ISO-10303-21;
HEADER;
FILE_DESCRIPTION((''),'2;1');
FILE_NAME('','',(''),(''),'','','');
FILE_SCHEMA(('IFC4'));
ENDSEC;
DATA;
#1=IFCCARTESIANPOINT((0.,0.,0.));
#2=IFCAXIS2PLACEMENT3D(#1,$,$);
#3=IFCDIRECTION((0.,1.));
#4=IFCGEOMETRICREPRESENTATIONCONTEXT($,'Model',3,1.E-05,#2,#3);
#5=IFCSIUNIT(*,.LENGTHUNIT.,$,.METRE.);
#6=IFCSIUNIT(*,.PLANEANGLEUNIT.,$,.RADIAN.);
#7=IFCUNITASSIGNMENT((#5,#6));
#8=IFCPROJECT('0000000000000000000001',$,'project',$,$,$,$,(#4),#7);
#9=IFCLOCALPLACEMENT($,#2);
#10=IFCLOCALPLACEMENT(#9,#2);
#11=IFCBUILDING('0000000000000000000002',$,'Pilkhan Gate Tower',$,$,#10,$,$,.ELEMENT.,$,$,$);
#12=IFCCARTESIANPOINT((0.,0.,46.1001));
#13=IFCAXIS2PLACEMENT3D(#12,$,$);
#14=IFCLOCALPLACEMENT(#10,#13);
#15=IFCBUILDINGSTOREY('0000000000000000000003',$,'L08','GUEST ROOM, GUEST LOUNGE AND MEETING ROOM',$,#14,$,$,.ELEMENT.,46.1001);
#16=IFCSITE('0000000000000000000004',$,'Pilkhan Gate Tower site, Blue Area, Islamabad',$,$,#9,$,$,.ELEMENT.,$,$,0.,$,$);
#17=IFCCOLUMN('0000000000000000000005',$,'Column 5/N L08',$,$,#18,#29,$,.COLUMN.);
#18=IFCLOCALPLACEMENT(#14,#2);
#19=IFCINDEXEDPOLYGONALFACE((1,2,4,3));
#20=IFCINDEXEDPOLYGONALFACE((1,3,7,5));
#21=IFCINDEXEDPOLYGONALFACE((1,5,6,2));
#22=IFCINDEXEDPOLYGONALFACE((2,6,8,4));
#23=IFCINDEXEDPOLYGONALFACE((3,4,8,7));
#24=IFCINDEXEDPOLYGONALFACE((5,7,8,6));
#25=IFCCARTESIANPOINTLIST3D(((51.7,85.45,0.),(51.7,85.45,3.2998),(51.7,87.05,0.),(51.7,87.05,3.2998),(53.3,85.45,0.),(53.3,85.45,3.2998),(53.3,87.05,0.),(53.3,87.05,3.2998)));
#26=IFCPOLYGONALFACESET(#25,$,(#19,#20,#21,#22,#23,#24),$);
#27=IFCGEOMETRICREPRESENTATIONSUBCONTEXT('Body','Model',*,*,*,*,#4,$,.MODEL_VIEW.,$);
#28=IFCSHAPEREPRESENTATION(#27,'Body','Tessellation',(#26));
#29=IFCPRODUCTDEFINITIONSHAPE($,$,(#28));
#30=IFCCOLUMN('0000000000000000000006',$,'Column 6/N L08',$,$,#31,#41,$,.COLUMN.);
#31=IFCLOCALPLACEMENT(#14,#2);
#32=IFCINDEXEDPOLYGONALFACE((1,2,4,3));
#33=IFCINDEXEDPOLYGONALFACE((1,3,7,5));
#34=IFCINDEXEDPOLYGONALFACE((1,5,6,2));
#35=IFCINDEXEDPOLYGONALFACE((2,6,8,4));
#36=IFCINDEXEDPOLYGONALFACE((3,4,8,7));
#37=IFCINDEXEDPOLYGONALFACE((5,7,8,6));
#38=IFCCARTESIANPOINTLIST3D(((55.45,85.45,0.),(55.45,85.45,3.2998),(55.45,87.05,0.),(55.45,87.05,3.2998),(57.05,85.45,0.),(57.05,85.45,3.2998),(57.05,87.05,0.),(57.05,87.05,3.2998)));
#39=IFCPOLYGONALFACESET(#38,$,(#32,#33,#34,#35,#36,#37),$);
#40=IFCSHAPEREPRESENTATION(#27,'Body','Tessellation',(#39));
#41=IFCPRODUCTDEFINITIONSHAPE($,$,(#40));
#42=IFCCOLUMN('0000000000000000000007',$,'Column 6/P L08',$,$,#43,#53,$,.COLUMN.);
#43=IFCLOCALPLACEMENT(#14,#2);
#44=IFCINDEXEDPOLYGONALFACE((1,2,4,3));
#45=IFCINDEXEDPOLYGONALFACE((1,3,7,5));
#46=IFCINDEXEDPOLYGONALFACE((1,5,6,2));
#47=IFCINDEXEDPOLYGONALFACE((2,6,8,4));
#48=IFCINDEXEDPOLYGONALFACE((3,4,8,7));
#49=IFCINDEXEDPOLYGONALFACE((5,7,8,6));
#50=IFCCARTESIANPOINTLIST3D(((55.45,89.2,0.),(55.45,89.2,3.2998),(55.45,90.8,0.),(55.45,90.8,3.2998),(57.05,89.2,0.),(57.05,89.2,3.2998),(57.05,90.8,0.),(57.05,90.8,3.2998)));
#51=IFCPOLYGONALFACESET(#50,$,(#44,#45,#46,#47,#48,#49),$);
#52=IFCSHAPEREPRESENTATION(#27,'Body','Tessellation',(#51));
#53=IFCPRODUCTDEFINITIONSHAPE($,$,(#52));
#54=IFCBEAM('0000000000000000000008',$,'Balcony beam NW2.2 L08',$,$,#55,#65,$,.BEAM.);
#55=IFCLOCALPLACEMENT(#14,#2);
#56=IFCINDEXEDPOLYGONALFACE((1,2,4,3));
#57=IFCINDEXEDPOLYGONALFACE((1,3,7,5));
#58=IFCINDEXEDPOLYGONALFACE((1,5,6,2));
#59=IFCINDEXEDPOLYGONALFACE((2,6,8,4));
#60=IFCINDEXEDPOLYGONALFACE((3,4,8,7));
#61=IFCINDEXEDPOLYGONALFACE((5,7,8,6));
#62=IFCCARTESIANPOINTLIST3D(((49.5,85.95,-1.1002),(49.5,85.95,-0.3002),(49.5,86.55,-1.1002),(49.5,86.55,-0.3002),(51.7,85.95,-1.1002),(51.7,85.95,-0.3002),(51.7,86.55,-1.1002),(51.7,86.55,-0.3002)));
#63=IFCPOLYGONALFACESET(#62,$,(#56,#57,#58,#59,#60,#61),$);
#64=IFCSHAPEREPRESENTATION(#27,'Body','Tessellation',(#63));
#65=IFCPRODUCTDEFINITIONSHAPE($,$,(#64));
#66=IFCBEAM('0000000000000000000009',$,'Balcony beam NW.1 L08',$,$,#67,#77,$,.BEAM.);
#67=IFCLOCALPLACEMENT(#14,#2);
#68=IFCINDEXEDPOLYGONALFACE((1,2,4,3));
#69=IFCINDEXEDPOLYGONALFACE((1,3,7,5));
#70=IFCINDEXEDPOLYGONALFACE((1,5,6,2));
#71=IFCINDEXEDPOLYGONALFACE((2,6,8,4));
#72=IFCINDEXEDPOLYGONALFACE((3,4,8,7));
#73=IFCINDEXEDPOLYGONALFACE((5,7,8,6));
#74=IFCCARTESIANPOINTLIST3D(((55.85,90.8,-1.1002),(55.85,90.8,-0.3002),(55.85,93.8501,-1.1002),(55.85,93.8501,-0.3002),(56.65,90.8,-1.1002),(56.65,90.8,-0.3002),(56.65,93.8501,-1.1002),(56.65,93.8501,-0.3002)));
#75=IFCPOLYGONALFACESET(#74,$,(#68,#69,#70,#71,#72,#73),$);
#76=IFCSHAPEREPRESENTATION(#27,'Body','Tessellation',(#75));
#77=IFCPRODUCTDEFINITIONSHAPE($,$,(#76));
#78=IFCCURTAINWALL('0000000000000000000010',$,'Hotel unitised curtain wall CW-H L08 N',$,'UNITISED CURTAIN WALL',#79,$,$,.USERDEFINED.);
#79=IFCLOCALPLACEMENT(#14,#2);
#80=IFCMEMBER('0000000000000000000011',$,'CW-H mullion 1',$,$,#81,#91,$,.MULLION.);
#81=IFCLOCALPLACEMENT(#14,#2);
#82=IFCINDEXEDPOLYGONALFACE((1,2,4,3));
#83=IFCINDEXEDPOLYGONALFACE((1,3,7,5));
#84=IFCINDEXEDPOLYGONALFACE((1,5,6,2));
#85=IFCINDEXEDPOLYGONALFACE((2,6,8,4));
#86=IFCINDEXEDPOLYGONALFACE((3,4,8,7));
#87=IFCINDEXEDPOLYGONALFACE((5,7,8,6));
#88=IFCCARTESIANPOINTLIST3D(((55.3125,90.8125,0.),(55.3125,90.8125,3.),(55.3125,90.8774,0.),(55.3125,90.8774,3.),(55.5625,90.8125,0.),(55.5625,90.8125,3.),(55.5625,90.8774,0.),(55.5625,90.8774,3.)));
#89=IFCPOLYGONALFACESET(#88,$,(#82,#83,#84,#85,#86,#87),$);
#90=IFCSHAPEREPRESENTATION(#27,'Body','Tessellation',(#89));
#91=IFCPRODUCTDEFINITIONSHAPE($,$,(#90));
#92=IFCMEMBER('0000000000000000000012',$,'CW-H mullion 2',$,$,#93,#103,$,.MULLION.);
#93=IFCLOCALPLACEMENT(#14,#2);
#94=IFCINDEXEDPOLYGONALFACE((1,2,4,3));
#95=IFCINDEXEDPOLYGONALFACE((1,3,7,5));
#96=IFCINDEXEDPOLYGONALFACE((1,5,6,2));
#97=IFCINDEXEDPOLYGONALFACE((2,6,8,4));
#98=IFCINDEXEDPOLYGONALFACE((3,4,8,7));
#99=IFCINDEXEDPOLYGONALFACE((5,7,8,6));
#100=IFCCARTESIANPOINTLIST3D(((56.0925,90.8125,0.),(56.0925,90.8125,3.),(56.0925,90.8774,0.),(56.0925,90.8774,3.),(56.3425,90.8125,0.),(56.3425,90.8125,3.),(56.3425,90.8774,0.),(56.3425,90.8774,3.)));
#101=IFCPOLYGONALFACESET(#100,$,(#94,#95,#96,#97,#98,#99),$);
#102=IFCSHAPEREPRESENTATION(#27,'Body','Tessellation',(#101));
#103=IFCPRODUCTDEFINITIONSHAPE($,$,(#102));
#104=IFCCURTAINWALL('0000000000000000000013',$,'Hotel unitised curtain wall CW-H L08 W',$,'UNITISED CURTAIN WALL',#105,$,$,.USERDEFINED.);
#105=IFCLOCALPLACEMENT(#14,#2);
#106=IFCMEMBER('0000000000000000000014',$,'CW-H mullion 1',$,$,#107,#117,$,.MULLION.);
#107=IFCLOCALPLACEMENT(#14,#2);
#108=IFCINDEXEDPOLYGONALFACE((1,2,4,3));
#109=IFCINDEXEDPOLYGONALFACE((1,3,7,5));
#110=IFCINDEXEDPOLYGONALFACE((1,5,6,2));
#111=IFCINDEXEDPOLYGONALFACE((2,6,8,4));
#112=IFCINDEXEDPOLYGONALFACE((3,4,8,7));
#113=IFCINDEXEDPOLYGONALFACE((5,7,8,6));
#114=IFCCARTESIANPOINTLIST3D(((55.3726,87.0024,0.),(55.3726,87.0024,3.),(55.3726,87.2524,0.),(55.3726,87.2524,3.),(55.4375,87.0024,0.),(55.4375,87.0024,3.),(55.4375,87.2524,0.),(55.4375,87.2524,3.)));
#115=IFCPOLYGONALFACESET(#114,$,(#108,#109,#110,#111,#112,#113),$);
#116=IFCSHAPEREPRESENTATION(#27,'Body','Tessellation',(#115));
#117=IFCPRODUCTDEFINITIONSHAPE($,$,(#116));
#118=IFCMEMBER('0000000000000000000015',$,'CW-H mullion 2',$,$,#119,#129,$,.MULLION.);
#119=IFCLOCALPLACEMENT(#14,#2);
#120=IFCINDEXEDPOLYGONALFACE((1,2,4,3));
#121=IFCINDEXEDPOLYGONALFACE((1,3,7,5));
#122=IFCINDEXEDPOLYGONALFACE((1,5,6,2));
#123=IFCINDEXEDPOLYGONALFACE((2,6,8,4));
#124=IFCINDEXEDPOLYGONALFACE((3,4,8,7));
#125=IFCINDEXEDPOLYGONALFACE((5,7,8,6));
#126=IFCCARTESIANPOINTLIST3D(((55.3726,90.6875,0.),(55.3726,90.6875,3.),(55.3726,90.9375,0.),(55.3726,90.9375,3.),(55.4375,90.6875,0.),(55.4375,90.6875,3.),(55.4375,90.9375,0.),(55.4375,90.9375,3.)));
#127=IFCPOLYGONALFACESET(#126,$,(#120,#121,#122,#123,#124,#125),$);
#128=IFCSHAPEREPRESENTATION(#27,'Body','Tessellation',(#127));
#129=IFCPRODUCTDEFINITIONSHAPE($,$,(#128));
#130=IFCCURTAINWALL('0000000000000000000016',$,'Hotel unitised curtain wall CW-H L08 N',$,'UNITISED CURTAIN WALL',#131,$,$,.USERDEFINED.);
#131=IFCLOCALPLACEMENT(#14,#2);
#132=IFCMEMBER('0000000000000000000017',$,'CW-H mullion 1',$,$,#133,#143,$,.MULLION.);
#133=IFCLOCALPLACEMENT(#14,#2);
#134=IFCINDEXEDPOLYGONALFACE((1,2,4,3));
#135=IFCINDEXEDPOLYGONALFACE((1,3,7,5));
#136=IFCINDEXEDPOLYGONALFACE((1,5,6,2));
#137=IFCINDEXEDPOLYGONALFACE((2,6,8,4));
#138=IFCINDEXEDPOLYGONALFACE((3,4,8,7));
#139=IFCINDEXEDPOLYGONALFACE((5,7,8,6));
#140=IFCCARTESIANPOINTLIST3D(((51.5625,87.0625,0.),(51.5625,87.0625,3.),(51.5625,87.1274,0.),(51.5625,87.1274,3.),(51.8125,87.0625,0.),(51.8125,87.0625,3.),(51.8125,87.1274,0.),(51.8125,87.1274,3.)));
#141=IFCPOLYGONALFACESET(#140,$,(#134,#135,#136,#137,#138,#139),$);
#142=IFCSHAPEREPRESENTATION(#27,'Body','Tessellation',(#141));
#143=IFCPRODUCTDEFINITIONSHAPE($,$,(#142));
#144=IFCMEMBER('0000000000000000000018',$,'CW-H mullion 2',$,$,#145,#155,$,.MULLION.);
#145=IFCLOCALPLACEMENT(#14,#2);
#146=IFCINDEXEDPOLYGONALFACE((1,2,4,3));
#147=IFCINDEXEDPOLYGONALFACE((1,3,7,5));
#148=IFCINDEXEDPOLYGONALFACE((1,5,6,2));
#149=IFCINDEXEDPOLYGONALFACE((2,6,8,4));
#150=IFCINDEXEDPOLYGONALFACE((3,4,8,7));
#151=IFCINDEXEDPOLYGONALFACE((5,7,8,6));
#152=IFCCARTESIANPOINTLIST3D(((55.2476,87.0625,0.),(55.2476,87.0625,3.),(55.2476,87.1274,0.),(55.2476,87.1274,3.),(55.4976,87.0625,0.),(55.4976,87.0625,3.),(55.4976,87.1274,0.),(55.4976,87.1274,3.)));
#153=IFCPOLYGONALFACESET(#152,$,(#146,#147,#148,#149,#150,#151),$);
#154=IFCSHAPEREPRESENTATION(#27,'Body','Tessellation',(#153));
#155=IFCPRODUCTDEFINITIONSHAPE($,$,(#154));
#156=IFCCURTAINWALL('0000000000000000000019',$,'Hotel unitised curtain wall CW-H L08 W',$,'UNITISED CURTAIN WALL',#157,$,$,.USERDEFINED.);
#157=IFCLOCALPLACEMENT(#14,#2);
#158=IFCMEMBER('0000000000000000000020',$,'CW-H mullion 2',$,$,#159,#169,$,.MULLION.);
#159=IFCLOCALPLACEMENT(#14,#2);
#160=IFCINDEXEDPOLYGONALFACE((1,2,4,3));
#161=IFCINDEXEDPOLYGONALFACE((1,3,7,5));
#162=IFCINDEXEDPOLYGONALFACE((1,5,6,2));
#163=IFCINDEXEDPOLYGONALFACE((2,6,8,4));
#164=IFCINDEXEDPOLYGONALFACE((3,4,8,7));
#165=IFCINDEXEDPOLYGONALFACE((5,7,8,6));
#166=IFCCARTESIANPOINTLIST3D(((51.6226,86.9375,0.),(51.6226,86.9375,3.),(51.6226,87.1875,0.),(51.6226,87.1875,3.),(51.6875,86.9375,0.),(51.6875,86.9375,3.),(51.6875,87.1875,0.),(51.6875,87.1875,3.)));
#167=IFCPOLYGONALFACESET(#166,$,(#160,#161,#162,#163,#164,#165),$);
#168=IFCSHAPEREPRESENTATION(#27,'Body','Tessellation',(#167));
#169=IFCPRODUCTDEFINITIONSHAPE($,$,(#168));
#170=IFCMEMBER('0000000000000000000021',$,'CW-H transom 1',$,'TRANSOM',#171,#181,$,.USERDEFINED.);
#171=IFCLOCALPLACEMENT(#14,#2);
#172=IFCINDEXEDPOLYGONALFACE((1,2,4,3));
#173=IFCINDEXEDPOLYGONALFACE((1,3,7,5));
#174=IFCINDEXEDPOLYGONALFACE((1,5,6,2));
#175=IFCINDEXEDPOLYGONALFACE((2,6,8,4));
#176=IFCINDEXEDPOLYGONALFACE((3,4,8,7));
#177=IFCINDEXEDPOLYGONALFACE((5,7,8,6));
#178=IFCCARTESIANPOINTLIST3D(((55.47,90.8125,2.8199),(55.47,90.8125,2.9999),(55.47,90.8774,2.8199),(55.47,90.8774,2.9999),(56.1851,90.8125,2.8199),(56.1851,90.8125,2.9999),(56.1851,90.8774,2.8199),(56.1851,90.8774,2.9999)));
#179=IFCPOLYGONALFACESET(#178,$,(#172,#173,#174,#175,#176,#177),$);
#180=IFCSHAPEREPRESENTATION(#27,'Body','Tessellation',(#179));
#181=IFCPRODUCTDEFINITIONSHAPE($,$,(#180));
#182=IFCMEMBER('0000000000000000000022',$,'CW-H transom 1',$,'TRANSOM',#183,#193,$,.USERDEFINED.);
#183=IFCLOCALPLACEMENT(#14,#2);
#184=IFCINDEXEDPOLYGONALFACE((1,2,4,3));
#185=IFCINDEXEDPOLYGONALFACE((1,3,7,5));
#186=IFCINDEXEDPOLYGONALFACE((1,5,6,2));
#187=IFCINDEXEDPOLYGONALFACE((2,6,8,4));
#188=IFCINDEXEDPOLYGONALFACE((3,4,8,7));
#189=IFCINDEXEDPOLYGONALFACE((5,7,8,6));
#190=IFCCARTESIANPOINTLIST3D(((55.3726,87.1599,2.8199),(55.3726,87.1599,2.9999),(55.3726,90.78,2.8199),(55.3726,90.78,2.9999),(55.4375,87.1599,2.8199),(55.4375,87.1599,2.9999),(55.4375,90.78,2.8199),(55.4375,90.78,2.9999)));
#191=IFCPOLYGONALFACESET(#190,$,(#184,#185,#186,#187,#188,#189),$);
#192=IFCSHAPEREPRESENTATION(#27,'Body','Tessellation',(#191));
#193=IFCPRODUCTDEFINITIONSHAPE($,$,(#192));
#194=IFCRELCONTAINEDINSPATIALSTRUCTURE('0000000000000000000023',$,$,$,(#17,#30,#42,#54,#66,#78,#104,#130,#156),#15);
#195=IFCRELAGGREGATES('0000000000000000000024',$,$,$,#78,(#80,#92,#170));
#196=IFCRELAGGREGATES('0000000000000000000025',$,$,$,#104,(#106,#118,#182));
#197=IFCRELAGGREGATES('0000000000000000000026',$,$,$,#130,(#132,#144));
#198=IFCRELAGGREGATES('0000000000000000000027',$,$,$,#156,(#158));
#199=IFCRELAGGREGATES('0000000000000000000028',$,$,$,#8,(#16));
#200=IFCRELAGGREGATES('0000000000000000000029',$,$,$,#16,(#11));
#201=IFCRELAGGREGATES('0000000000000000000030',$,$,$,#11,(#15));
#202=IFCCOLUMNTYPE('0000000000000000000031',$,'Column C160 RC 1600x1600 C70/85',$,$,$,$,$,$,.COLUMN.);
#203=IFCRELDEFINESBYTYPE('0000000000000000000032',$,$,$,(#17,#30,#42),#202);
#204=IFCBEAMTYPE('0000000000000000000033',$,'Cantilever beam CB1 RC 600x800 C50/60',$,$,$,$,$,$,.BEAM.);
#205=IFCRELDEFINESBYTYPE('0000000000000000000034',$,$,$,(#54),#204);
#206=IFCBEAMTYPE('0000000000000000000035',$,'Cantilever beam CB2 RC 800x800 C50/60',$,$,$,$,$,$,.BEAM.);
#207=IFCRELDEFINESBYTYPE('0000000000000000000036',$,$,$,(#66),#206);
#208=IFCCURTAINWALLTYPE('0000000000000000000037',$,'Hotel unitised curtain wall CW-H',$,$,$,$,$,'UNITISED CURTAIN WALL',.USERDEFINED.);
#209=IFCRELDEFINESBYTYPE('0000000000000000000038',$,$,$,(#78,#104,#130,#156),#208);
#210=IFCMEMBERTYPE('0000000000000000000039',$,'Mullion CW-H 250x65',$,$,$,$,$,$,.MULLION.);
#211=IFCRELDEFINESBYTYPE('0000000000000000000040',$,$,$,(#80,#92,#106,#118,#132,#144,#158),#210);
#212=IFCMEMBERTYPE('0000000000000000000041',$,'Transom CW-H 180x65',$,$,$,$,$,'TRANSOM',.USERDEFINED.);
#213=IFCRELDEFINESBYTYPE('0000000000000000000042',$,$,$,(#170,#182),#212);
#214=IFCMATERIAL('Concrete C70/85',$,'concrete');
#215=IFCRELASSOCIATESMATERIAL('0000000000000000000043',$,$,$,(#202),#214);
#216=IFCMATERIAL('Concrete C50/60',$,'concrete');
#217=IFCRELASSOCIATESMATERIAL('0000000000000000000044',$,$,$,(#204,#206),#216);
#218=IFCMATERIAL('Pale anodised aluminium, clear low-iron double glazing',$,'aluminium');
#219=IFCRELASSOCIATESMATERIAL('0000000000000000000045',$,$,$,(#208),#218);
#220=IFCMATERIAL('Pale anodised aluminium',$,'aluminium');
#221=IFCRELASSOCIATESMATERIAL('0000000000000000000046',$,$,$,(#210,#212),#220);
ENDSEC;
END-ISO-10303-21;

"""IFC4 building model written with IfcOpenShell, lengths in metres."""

from ifc_helpers import new_model, si_unit, direction, frame, origin, origin_2d, place, context, subcontext, project, spatial, rectangle, extrude, material, material_profile, profile_set, type_object, element, aggregate, save


model = new_model("IFC4")

# Units and contexts
model_context = context("Model", 3, precision=1e-05, world=origin(), true_north=direction((0.0, 1.0)))
body_context = subcontext(model_context, "Body", "Model", "MODEL_VIEW")
ifc_project = project(units=[si_unit("LENGTHUNIT", "METRE"), si_unit("PLANEANGLEUNIT", "RADIAN")], contexts=[model_context])

# Site, building, storey
site_placement = place(None, origin())
site = spatial("IfcSite", under=ifc_project, at=site_placement, Name="Pilkhan Gate Tower site, Blue Area, Islamabad", CompositionType="ELEMENT", RefElevation=0.0)
building_placement = place(site_placement, origin())
building = spatial("IfcBuilding", under=site, at=building_placement, Name="Pilkhan Gate Tower", CompositionType="ELEMENT")
storey_placement = place(building_placement, frame((0.0, 0.0, 46.1001)))
storey = spatial("IfcBuildingStorey", under=building, at=storey_placement, Name="L08", Description="GUEST ROOM, GUEST LOUNGE AND MEETING ROOM", CompositionType="ELEMENT", Elevation=46.1001)

# Columns
ifc_material_1 = material(Name="Concrete C70/85", Category="concrete")
ifc_material_profile_1 = material_profile(ifc_material_1, rectangle(XDim=1.6001, YDim=1.6001, at=origin_2d()), Name="RC 1600x1600")
ifc_profile_set_1 = profile_set([ifc_material_profile_1], Name="Concrete C70/85")
column_type = type_object("IfcColumnType", Name="Column C160 RC 1600x1600 C70/85", PredefinedType="COLUMN", material=ifc_profile_set_1)
for number, where, z_axis, x_axis, name in (
    (1, (52.5, 86.25, 0.0), (0.0, 0.0, 1.0), (1.0, 0.0, 0.0), "Column 5/N L08"),
    (2, (56.25, 86.25, 0.0), (0.0, 0.0, 1.0), (1.0, 0.0, 0.0), "Column 6/N L08"),
    (3, (56.25, 90.0, 0.0), (0.0, 0.0, 1.0), (1.0, 0.0, 0.0), "Column 6/P L08"),
):
    element("IfcColumn", number, at=place(storey_placement, frame(where, z_axis=z_axis, x_axis=x_axis)), inside=storey, type_object=column_type, Name=name, PredefinedType="COLUMN", context=body_context, shape_type="SweptSolid", body=[
        extrude(rectangle(XDim=1.6001, YDim=1.6001, at=origin_2d()), origin(), (0.0, 0.0, 1.0), 3.2998),
    ])

# Beams
ifc_material_2 = material(Name="Concrete C50/60", Category="concrete")
ifc_material_profile_2 = material_profile(ifc_material_2, rectangle(XDim=0.6001, YDim=0.8, at=origin_2d()), Name="RC 600x800")
ifc_profile_set_2 = profile_set([ifc_material_profile_2], Name="Concrete C50/60")
beam_type_1 = type_object("IfcBeamType", Name="Cantilever beam CB1 RC 600x800 C50/60", PredefinedType="BEAM", material=ifc_profile_set_2)
beam_1_placement = place(storey_placement, frame((51.7, 86.25, -0.7002), z_axis=(-1.0, 0.0, 0.0), x_axis=(0.0, -1.0, 0.0)))
element("IfcBeam", 4, at=beam_1_placement, inside=storey, type_object=beam_type_1, Name="Balcony beam NW2.2 L08", PredefinedType="BEAM", context=body_context, shape_type="SweptSolid", body=[
    extrude(rectangle(XDim=0.6001, YDim=0.8, at=origin_2d()), origin(), (0.0, 0.0, 1.0), 2.2),
])
ifc_material_profile_3 = material_profile(ifc_material_2, rectangle(XDim=0.8, YDim=0.8, at=origin_2d()), Name="RC 800x800")
ifc_profile_set_3 = profile_set([ifc_material_profile_3], Name="Concrete C50/60")
beam_type_2 = type_object("IfcBeamType", Name="Cantilever beam CB2 RC 800x800 C50/60", PredefinedType="BEAM", material=ifc_profile_set_3)
beam_2_placement = place(storey_placement, frame((56.25, 90.8, -0.7002), z_axis=(0.0, 1.0, 0.0), x_axis=(-1.0, 0.0, 0.0)))
element("IfcBeam", 5, at=beam_2_placement, inside=storey, type_object=beam_type_2, Name="Balcony beam NW.1 L08", PredefinedType="BEAM", context=body_context, shape_type="SweptSolid", body=[
    extrude(rectangle(XDim=0.8, YDim=0.8, at=origin_2d()), origin(), (0.0, 0.0, 1.0), 3.05),
])

# Curtain walls, members
ifc_material_3 = material(Name="Pale anodised aluminium, clear low-iron double glazing", Category="aluminium")
curtain_wall_type = type_object("IfcCurtainWallType", Name="Hotel unitised curtain wall CW-H", ElementType="UNITISED CURTAIN WALL", PredefinedType="USERDEFINED", material=ifc_material_3)
curtain_wall_1_placement = place(storey_placement, origin())
curtain_wall_1 = element("IfcCurtainWall", 6, at=curtain_wall_1_placement, inside=storey, type_object=curtain_wall_type, Name="Hotel unitised curtain wall CW-H L08 N", ObjectType="UNITISED CURTAIN WALL", PredefinedType="USERDEFINED")
ifc_material_4 = material(Name="Pale anodised aluminium", Category="aluminium")
ifc_material_profile_4 = material_profile(ifc_material_4, rectangle(XDim=0.0649, YDim=0.25, at=origin_2d()), Name="Mullion 250x65")
ifc_profile_set_4 = profile_set([ifc_material_profile_4], Name="Pale anodised aluminium")
member_type_1 = type_object("IfcMemberType", Name="Mullion CW-H 250x65", PredefinedType="MULLION", material=ifc_profile_set_4)
member_1_placement = place(storey_placement, frame((55.4375, 90.845, 0.0), z_axis=(0.0, 0.0, 1.0), x_axis=(0.0, 1.0, 0.0)))
member_1 = element("IfcMember", 7, at=member_1_placement, type_object=member_type_1, Name="CW-H mullion 1", PredefinedType="MULLION", context=body_context, shape_type="SweptSolid", body=[
    extrude(rectangle(XDim=0.0649, YDim=0.25, at=origin_2d()), origin(), (0.0, 0.0, 1.0), 3.0),
])
member_2_placement = place(storey_placement, frame((56.2175, 90.845, 0.0), z_axis=(0.0, 0.0, 1.0), x_axis=(0.0, 1.0, 0.0)))
member_2 = element("IfcMember", 8, at=member_2_placement, type_object=member_type_1, Name="CW-H mullion 2", PredefinedType="MULLION", context=body_context, shape_type="SweptSolid", body=[
    extrude(rectangle(XDim=0.0649, YDim=0.25, at=origin_2d()), origin(), (0.0, 0.0, 1.0), 3.0),
])
curtain_wall_2_placement = place(storey_placement, origin())
curtain_wall_2 = element("IfcCurtainWall", 9, at=curtain_wall_2_placement, inside=storey, type_object=curtain_wall_type, Name="Hotel unitised curtain wall CW-H L08 W", ObjectType="UNITISED CURTAIN WALL", PredefinedType="USERDEFINED")
member_3_placement = place(storey_placement, frame((55.405, 87.1274, 0.0), z_axis=(0.0, 0.0, 1.0), x_axis=(-1.0, 0.0, 0.0)))
member_3 = element("IfcMember", 10, at=member_3_placement, type_object=member_type_1, Name="CW-H mullion 1", PredefinedType="MULLION", context=body_context, shape_type="SweptSolid", body=[
    extrude(rectangle(XDim=0.0649, YDim=0.25, at=origin_2d()), origin(), (0.0, 0.0, 1.0), 3.0),
])
member_4_placement = place(storey_placement, frame((55.405, 90.8125, 0.0), z_axis=(0.0, 0.0, 1.0), x_axis=(-1.0, 0.0, 0.0)))
member_4 = element("IfcMember", 11, at=member_4_placement, type_object=member_type_1, Name="CW-H mullion 2", PredefinedType="MULLION", context=body_context, shape_type="SweptSolid", body=[
    extrude(rectangle(XDim=0.0649, YDim=0.25, at=origin_2d()), origin(), (0.0, 0.0, 1.0), 3.0),
])
curtain_wall_3_placement = place(storey_placement, origin())
curtain_wall_3 = element("IfcCurtainWall", 12, at=curtain_wall_3_placement, inside=storey, type_object=curtain_wall_type, Name="Hotel unitised curtain wall CW-H L08 N", ObjectType="UNITISED CURTAIN WALL", PredefinedType="USERDEFINED")
member_5_placement = place(storey_placement, frame((51.6875, 87.095, 0.0), z_axis=(0.0, 0.0, 1.0), x_axis=(0.0, 1.0, 0.0)))
member_5 = element("IfcMember", 13, at=member_5_placement, type_object=member_type_1, Name="CW-H mullion 1", PredefinedType="MULLION", context=body_context, shape_type="SweptSolid", body=[
    extrude(rectangle(XDim=0.0649, YDim=0.25, at=origin_2d()), origin(), (0.0, 0.0, 1.0), 3.0),
])
member_6_placement = place(storey_placement, frame((55.3726, 87.095, 0.0), z_axis=(0.0, 0.0, 1.0), x_axis=(0.0, 1.0, 0.0)))
member_6 = element("IfcMember", 14, at=member_6_placement, type_object=member_type_1, Name="CW-H mullion 2", PredefinedType="MULLION", context=body_context, shape_type="SweptSolid", body=[
    extrude(rectangle(XDim=0.0649, YDim=0.25, at=origin_2d()), origin(), (0.0, 0.0, 1.0), 3.0),
])

# Curtain wall, member
curtain_wall_4_placement = place(storey_placement, origin())
curtain_wall_4 = element("IfcCurtainWall", 15, at=curtain_wall_4_placement, inside=storey, type_object=curtain_wall_type, Name="Hotel unitised curtain wall CW-H L08 W", ObjectType="UNITISED CURTAIN WALL", PredefinedType="USERDEFINED")
member_7_placement = place(storey_placement, frame((51.655, 87.0625, 0.0), z_axis=(0.0, 0.0, 1.0), x_axis=(-1.0, 0.0, 0.0)))
member_7 = element("IfcMember", 16, at=member_7_placement, type_object=member_type_1, Name="CW-H mullion 2", PredefinedType="MULLION", context=body_context, shape_type="SweptSolid", body=[
    extrude(rectangle(XDim=0.0649, YDim=0.25, at=origin_2d()), origin(), (0.0, 0.0, 1.0), 3.0),
])

# Members
ifc_material_profile_5 = material_profile(ifc_material_4, rectangle(XDim=0.0649, YDim=0.1799, at=origin_2d()), Name="Transom 180x65")
ifc_profile_set_5 = profile_set([ifc_material_profile_5], Name="Pale anodised aluminium")
member_type_2 = type_object("IfcMemberType", Name="Transom CW-H 180x65", ElementType="TRANSOM", PredefinedType="USERDEFINED", material=ifc_profile_set_5)
member_8_placement = place(storey_placement, frame((55.47, 90.845, 2.9099), z_axis=(1.0, 0.0, 0.0), x_axis=(0.0, 1.0, 0.0)))
member_8 = element("IfcMember", 17, at=member_8_placement, type_object=member_type_2, Name="CW-H transom 1", ObjectType="TRANSOM", PredefinedType="USERDEFINED", context=body_context, shape_type="SweptSolid", body=[
    extrude(rectangle(XDim=0.0649, YDim=0.1799, at=origin_2d()), origin(), (0.0, 0.0, 1.0), 0.7151),
])
member_9_placement = place(storey_placement, frame((55.405, 87.1599, 2.9099), z_axis=(0.0, 1.0, 0.0), x_axis=(-1.0, 0.0, 0.0)))
member_9 = element("IfcMember", 18, at=member_9_placement, type_object=member_type_2, Name="CW-H transom 1", ObjectType="TRANSOM", PredefinedType="USERDEFINED", context=body_context, shape_type="SweptSolid", body=[
    extrude(rectangle(XDim=0.0649, YDim=0.1799, at=origin_2d()), origin(), (0.0, 0.0, 1.0), 3.6201),
])

aggregate(curtain_wall_1, [member_1, member_2, member_8])
aggregate(curtain_wall_2, [member_3, member_4, member_9])
aggregate(curtain_wall_3, [member_5, member_6])
aggregate(curtain_wall_4, [member_7])

save(model, "model.ifc")
